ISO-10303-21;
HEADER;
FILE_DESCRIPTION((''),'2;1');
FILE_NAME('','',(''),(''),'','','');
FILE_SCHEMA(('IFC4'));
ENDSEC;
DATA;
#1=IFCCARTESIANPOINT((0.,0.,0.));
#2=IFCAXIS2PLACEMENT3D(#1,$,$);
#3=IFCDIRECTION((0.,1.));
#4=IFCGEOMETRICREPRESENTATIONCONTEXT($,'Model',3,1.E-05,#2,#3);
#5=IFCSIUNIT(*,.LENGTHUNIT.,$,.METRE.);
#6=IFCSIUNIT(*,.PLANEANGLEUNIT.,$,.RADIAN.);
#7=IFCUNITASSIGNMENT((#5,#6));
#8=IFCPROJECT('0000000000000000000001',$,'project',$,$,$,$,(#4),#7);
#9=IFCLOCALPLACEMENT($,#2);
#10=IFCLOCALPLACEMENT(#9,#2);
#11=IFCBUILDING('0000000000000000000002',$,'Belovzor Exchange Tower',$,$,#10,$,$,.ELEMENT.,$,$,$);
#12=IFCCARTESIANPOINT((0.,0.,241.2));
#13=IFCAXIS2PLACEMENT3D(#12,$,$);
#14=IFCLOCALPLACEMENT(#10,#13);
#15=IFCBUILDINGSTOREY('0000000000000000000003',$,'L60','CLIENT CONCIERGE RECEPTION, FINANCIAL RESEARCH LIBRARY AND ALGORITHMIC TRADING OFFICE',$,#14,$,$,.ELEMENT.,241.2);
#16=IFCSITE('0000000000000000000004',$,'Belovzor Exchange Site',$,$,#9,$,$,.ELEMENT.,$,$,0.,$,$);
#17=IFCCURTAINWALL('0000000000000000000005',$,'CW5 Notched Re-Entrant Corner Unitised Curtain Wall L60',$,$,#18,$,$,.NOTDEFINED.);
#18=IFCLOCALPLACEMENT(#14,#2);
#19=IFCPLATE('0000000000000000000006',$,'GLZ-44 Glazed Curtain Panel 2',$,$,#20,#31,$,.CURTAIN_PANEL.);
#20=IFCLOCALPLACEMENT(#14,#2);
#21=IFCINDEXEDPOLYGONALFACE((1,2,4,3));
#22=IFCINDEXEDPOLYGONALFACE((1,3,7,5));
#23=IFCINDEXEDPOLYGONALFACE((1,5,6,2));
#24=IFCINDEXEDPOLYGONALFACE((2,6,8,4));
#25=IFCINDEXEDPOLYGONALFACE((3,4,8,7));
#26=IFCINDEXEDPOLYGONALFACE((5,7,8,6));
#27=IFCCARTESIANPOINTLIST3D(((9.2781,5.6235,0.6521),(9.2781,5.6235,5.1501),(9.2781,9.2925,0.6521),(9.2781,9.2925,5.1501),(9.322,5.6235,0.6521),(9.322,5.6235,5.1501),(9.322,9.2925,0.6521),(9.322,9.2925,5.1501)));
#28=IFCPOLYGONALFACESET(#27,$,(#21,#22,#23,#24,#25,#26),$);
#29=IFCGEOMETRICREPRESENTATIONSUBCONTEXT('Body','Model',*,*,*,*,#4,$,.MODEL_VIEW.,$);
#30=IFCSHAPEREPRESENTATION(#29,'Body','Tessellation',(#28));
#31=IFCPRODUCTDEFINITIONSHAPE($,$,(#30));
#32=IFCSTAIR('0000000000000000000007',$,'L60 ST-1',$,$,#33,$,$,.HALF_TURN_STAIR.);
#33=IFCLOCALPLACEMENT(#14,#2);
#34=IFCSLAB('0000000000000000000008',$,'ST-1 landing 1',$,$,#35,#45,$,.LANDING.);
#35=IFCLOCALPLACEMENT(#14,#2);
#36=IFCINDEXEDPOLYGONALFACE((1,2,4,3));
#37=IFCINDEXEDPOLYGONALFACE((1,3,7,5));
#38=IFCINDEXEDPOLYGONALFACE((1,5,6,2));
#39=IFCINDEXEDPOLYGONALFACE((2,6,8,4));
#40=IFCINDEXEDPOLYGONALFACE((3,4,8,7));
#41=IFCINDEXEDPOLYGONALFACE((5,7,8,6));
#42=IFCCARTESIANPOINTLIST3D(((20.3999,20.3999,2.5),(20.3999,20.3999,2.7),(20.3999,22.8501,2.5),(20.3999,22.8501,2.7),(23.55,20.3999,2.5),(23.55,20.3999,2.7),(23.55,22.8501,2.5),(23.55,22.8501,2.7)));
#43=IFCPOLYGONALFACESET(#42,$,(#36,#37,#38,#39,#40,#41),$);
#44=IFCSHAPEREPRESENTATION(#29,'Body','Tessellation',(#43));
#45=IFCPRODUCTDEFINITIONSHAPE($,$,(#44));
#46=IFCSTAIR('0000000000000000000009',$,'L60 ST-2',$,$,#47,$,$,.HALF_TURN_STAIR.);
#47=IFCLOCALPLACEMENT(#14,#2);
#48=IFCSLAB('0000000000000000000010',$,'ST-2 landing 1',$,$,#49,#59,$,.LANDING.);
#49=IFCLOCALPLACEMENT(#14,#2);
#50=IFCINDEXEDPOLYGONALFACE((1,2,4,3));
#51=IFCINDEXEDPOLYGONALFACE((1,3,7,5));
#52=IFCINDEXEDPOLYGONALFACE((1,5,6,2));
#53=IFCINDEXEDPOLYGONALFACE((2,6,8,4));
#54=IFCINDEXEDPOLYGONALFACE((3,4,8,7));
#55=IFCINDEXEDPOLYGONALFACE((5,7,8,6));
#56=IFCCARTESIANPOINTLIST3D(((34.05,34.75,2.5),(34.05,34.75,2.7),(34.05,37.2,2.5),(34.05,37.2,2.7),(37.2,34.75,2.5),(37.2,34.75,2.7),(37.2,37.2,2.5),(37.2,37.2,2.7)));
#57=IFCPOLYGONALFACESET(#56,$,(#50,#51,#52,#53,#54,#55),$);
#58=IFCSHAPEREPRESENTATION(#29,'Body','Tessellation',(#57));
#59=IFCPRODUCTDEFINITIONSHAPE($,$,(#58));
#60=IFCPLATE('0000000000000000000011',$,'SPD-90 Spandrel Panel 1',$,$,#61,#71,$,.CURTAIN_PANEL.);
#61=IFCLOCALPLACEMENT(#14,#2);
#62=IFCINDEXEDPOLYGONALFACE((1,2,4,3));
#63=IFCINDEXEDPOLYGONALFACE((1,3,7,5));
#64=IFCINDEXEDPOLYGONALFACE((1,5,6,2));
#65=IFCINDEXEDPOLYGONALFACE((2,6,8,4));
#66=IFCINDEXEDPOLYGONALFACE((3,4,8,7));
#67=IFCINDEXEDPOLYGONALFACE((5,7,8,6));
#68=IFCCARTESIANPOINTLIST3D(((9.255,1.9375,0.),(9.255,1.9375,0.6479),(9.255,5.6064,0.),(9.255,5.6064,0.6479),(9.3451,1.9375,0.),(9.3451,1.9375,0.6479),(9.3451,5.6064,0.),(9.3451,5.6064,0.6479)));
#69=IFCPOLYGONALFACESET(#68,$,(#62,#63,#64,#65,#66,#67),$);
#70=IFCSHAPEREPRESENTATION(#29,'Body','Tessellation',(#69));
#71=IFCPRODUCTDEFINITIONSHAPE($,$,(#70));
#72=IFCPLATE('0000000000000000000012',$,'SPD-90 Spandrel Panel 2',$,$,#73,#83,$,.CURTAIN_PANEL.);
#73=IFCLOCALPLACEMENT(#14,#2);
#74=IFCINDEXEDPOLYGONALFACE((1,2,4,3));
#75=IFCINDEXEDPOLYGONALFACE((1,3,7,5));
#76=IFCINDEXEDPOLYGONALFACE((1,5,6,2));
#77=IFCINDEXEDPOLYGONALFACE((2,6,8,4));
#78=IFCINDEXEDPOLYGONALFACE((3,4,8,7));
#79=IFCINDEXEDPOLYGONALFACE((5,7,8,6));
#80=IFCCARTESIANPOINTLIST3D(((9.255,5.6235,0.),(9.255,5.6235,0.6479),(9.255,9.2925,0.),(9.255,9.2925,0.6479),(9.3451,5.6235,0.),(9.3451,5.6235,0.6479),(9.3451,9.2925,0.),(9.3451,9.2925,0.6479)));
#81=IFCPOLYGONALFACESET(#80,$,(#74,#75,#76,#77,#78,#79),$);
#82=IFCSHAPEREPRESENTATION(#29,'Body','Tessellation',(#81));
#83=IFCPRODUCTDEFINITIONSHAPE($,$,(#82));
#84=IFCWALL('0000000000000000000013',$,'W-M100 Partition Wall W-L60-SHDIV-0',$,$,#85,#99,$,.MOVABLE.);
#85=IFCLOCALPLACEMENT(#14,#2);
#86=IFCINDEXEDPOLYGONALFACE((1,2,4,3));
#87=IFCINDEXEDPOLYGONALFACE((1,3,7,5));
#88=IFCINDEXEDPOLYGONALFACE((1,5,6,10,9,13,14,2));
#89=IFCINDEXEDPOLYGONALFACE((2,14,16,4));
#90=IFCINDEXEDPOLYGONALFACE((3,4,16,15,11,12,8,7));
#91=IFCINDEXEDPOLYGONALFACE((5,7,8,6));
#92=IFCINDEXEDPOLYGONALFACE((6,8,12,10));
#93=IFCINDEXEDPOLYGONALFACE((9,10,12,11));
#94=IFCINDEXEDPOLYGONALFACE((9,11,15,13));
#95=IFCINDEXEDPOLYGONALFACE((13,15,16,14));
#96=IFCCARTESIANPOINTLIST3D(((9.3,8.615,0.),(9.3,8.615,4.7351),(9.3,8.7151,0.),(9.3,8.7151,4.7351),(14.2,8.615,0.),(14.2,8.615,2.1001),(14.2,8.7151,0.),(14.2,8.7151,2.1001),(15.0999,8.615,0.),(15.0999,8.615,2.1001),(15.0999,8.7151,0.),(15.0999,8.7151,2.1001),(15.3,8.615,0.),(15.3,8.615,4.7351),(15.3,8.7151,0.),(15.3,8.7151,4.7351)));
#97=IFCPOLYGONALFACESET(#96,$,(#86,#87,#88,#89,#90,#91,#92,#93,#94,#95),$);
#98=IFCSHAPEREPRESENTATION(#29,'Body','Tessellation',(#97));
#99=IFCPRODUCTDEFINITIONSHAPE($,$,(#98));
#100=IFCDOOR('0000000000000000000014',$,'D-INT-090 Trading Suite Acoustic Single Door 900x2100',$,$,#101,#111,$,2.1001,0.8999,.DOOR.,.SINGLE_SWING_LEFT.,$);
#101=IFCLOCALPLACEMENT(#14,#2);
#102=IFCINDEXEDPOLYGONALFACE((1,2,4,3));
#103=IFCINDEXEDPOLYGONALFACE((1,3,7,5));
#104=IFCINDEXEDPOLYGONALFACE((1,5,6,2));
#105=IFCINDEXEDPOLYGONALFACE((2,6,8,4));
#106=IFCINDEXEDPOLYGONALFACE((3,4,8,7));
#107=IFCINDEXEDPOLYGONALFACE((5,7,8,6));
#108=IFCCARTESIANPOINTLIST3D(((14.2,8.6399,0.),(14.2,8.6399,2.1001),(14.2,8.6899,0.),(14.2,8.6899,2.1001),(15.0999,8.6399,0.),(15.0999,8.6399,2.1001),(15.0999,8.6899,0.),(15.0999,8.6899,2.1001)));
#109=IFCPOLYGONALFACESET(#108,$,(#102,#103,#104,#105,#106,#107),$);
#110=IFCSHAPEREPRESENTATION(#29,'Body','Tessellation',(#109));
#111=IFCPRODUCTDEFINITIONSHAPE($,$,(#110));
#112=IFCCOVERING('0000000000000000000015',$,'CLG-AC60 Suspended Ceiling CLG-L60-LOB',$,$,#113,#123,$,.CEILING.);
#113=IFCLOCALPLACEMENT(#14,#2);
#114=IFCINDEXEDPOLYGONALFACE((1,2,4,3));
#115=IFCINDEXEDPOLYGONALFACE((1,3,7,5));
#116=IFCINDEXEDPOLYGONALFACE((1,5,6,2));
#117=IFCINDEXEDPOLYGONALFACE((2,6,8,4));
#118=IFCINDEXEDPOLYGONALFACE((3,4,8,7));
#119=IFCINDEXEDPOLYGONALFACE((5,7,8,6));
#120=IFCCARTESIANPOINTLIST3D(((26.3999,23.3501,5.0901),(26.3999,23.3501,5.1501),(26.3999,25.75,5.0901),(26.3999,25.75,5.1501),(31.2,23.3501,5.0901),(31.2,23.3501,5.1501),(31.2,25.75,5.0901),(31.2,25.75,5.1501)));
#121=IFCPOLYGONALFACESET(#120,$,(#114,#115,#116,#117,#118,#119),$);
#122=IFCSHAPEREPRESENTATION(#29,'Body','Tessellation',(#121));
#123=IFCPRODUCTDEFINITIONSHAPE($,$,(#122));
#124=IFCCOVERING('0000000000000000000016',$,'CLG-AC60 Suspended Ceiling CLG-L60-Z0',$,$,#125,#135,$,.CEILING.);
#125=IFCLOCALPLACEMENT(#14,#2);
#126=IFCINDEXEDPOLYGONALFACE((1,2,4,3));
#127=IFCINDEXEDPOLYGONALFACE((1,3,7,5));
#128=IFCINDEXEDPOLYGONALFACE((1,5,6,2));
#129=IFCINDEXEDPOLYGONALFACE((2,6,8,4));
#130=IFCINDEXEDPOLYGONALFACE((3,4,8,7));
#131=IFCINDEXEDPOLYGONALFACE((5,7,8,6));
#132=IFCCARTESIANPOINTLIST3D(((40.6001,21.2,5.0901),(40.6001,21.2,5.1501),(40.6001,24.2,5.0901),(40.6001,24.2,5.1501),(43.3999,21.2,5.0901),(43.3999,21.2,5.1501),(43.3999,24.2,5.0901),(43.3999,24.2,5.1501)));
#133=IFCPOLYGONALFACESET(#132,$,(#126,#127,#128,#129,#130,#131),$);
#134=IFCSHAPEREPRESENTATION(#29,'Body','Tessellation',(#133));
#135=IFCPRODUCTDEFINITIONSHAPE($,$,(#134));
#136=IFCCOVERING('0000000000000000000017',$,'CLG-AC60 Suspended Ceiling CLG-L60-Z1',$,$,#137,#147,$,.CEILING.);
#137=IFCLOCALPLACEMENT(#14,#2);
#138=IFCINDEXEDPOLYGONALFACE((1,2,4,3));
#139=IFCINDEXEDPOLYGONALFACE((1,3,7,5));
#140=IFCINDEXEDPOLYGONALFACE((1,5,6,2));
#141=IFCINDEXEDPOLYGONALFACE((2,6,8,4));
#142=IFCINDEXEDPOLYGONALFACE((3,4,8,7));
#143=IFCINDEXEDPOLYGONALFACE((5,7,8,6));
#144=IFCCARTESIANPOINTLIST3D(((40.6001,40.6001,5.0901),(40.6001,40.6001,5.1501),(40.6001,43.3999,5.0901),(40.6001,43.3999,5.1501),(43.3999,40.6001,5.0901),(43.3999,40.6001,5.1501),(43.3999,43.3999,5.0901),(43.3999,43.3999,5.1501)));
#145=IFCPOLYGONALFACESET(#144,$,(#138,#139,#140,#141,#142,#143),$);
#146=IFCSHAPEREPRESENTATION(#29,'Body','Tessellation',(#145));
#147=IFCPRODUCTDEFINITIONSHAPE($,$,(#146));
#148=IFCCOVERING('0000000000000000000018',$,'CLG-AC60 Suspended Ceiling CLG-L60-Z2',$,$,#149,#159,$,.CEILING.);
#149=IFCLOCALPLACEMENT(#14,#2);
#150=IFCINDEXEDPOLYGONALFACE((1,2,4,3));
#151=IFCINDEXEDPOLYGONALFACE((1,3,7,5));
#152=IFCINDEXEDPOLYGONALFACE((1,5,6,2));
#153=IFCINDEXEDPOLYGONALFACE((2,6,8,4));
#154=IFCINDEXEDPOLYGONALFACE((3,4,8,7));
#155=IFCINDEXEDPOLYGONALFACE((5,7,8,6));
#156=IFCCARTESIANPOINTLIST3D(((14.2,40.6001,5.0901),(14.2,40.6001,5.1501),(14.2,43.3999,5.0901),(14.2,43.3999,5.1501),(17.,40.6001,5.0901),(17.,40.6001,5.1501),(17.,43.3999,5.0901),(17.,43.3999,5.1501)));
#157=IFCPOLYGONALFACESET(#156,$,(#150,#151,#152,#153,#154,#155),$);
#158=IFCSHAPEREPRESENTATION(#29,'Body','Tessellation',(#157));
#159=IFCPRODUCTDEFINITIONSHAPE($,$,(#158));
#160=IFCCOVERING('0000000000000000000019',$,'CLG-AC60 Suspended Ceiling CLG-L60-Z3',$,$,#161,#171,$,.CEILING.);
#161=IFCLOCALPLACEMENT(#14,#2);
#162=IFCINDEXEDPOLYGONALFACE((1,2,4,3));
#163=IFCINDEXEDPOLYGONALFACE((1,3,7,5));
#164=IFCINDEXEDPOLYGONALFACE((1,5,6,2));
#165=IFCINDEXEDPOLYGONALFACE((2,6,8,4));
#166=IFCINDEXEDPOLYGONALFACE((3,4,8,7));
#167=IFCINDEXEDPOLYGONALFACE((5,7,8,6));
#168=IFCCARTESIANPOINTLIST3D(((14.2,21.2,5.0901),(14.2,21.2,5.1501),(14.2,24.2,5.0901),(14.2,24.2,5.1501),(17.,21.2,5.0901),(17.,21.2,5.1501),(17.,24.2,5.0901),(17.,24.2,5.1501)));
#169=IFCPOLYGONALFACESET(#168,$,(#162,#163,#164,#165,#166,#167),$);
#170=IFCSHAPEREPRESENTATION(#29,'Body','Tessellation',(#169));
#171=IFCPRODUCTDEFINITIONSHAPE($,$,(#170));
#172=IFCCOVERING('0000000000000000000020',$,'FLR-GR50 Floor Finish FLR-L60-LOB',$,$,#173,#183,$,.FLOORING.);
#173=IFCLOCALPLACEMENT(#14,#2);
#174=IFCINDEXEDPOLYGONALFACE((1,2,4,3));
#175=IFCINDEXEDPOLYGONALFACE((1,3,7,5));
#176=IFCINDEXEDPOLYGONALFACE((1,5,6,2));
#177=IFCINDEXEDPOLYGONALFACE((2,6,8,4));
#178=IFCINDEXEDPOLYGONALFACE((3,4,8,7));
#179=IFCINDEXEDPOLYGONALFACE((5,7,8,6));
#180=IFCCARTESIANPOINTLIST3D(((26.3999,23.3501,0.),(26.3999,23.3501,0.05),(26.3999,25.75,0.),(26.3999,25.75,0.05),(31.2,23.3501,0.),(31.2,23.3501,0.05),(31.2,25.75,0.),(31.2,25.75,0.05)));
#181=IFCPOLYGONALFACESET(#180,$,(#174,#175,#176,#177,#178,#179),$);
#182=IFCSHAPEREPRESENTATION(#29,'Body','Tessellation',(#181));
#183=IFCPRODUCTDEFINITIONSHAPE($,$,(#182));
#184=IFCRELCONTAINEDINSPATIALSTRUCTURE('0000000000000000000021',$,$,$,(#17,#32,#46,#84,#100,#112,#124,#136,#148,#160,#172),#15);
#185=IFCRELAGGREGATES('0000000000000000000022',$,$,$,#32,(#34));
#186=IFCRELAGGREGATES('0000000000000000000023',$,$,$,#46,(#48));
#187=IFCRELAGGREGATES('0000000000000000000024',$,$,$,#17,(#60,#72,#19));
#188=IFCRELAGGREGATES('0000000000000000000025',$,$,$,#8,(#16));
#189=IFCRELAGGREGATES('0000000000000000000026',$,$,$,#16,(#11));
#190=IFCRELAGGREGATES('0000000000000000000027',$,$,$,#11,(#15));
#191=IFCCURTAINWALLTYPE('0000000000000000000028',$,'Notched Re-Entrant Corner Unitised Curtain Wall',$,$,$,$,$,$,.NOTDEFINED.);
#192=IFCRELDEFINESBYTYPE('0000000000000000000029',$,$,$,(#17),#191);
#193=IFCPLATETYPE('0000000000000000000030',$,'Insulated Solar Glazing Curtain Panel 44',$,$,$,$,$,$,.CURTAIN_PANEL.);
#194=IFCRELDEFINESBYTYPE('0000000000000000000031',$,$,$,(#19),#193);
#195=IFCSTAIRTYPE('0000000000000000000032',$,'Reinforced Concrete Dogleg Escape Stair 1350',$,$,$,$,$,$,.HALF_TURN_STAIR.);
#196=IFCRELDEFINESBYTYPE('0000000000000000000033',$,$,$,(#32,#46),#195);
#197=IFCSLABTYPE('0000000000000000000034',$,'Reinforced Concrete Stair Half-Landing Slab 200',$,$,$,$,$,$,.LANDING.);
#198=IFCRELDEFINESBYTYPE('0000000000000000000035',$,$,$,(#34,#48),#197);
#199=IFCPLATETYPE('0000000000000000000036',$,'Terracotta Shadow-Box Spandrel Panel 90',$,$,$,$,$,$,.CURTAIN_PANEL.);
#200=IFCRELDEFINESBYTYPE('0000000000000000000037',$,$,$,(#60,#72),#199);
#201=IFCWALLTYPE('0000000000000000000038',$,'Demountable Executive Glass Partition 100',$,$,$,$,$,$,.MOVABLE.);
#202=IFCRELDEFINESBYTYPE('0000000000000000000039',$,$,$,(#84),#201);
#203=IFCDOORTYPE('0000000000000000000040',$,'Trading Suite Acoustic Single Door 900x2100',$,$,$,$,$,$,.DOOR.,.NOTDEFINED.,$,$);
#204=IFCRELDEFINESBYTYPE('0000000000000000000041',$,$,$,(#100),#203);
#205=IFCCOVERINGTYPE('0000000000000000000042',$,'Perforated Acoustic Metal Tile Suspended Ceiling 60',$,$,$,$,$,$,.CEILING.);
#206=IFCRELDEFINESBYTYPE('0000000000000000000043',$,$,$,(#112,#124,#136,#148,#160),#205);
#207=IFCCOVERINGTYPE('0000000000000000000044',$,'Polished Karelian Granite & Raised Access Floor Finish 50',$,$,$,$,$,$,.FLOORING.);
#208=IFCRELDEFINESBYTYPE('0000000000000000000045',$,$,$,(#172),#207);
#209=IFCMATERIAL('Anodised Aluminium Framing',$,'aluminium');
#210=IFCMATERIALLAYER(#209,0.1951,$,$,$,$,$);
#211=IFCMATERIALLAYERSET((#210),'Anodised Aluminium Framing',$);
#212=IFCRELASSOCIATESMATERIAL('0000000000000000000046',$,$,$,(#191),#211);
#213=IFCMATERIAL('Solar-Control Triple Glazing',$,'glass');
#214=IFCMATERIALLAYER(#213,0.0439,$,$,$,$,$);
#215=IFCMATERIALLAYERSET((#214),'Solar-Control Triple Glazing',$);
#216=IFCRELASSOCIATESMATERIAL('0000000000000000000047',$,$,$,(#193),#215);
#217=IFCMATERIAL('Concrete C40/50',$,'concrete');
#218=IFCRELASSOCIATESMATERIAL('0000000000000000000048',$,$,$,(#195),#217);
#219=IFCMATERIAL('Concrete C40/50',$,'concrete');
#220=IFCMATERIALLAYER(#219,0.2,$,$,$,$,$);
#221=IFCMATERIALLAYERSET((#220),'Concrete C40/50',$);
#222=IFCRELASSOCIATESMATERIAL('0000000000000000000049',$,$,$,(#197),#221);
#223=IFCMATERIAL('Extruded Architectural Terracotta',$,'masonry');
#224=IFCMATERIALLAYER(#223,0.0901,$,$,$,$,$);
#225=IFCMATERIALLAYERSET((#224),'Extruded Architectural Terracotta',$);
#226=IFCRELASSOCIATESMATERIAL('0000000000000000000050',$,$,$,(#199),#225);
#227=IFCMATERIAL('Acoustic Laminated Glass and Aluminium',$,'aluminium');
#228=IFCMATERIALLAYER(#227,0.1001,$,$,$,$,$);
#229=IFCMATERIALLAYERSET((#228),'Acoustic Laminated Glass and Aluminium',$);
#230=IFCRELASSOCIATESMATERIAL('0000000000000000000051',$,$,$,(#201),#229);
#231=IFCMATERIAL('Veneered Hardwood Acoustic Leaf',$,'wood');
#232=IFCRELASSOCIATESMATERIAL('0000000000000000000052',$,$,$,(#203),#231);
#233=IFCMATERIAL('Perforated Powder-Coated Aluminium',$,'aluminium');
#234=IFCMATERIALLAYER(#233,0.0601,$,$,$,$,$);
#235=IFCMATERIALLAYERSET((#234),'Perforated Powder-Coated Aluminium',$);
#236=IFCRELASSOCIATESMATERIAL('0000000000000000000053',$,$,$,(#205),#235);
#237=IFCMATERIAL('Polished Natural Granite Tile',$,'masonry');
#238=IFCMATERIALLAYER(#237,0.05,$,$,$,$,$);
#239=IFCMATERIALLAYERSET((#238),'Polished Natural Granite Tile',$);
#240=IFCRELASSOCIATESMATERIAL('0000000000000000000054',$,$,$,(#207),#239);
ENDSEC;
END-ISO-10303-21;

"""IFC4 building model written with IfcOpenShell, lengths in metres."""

from ifc_helpers import new_model, si_unit, direction, frame, frame_2d, origin, origin_2d, place, context, subcontext, project, spatial, polyline, rectangle, outline, extrude, material, layer, layer_set, type_object, element, fill, aggregate, save


model = new_model("IFC4")

# Units and contexts
model_context = context("Model", 3, precision=1e-05, world=origin(), true_north=direction((0.0, 1.0)))
body_context = subcontext(model_context, "Body", "Model", "MODEL_VIEW")
ifc_project = project(units=[si_unit("LENGTHUNIT", "METRE"), si_unit("PLANEANGLEUNIT", "RADIAN")], contexts=[model_context])

# Site, building, storey
site_placement = place(None, origin())
site = spatial("IfcSite", under=ifc_project, at=site_placement, Name="Belovzor Exchange Site", CompositionType="ELEMENT", RefElevation=0.0)
building_placement = place(site_placement, origin())
building = spatial("IfcBuilding", under=site, at=building_placement, Name="Belovzor Exchange Tower", CompositionType="ELEMENT")
storey_placement = place(building_placement, frame((0.0, 0.0, 241.2)))
storey = spatial("IfcBuildingStorey", under=building, at=storey_placement, Name="L60", Description="CLIENT CONCIERGE RECEPTION, FINANCIAL RESEARCH LIBRARY AND ALGORITHMIC TRADING OFFICE", CompositionType="ELEMENT", Elevation=241.2)

# Curtain wall
ifc_material_1 = material(Name="Anodised Aluminium Framing", Category="aluminium")
ifc_layer_1 = layer(ifc_material_1, 0.1951)
ifc_layer_set_1 = layer_set([ifc_layer_1], Name="Anodised Aluminium Framing")
curtain_wall_type = type_object("IfcCurtainWallType", Name="Notched Re-Entrant Corner Unitised Curtain Wall", PredefinedType="NOTDEFINED", material=ifc_layer_set_1)
curtain_wall_placement = place(storey_placement, origin())
curtain_wall = element("IfcCurtainWall", 1, at=curtain_wall_placement, inside=storey, type_object=curtain_wall_type, Name="CW5 Notched Re-Entrant Corner Unitised Curtain Wall L60", PredefinedType="NOTDEFINED")

# Plate
ifc_material_2 = material(Name="Solar-Control Triple Glazing", Category="glass")
ifc_layer_2 = layer(ifc_material_2, 0.0439)
ifc_layer_set_2 = layer_set([ifc_layer_2], Name="Solar-Control Triple Glazing")
plate_type_1 = type_object("IfcPlateType", Name="Insulated Solar Glazing Curtain Panel 44", PredefinedType="CURTAIN_PANEL", material=ifc_layer_set_2)
plate_1_placement = place(storey_placement, frame((9.3, 7.458, 0.6521), z_axis=(0.0, 0.0, 1.0), x_axis=(0.0, 1.0, 0.0)))
plate_1 = element("IfcPlate", 2, at=plate_1_placement, type_object=plate_type_1, Name="GLZ-44 Glazed Curtain Panel 2", PredefinedType="CURTAIN_PANEL", context=body_context, shape_type="SweptSolid", body=[
    extrude(rectangle(XDim=3.6689, YDim=0.0439, at=origin_2d()), origin(), (0.0, 0.0, 1.0), 4.498),
])

# Stairs, slabs
ifc_material_3 = material(Name="Concrete C40/50", Category="concrete")
stair_type = type_object("IfcStairType", Name="Reinforced Concrete Dogleg Escape Stair 1350", PredefinedType="HALF_TURN_STAIR", material=ifc_material_3)
stair_1_placement = place(storey_placement, origin())
stair_1 = element("IfcStair", 3, at=stair_1_placement, inside=storey, type_object=stair_type, Name="L60 ST-1", PredefinedType="HALF_TURN_STAIR")
ifc_material_4 = material(Name="Concrete C40/50", Category="concrete")
ifc_layer_3 = layer(ifc_material_4, 0.2)
ifc_layer_set_3 = layer_set([ifc_layer_3], Name="Concrete C40/50")
slab_type_1 = type_object("IfcSlabType", Name="Reinforced Concrete Stair Half-Landing Slab 200", PredefinedType="LANDING", material=ifc_layer_set_3)
slab_1_placement = place(storey_placement, frame((0.0, 0.0, 2.5)))
slab_1 = element("IfcSlab", 4, at=slab_1_placement, type_object=slab_type_1, Name="ST-1 landing 1", PredefinedType="LANDING", context=body_context, shape_type="SweptSolid", body=[
    extrude(outline(polyline([(20.3999, 22.8501), (20.3999, 20.3999), (23.55, 20.3999), (23.55, 22.8501), (20.3999, 22.8501)])), origin(), (0.0, 0.0, 1.0), 0.2),
])
aggregate(stair_1, [slab_1])
stair_2_placement = place(storey_placement, origin())
stair_2 = element("IfcStair", 5, at=stair_2_placement, inside=storey, type_object=stair_type, Name="L60 ST-2", PredefinedType="HALF_TURN_STAIR")
slab_2_placement = place(storey_placement, frame((0.0, 0.0, 2.5)))
slab_2 = element("IfcSlab", 6, at=slab_2_placement, type_object=slab_type_1, Name="ST-2 landing 1", PredefinedType="LANDING", context=body_context, shape_type="SweptSolid", body=[
    extrude(outline(polyline([(37.2, 34.75), (37.2, 37.2), (34.05, 37.2), (34.05, 34.75), (37.2, 34.75)])), origin(), (0.0, 0.0, 1.0), 0.2),
])
aggregate(stair_2, [slab_2])

# Plates
ifc_material_5 = material(Name="Extruded Architectural Terracotta", Category="masonry")
ifc_layer_4 = layer(ifc_material_5, 0.0901)
ifc_layer_set_4 = layer_set([ifc_layer_4], Name="Extruded Architectural Terracotta")
plate_type_2 = type_object("IfcPlateType", Name="Terracotta Shadow-Box Spandrel Panel 90", PredefinedType="CURTAIN_PANEL", material=ifc_layer_set_4)
plate_2_placement = place(storey_placement, frame((9.3, 3.772, 0.0), z_axis=(0.0, 0.0, 1.0), x_axis=(0.0, 1.0, 0.0)))
plate_2 = element("IfcPlate", 7, at=plate_2_placement, type_object=plate_type_2, Name="SPD-90 Spandrel Panel 1", PredefinedType="CURTAIN_PANEL", context=body_context, shape_type="SweptSolid", body=[
    extrude(rectangle(XDim=3.6689, YDim=0.0901, at=origin_2d()), origin(), (0.0, 0.0, 1.0), 0.6479),
])
plate_3_placement = place(storey_placement, frame((9.3, 7.458, 0.0), z_axis=(0.0, 0.0, 1.0), x_axis=(0.0, 1.0, 0.0)))
plate_3 = element("IfcPlate", 8, at=plate_3_placement, type_object=plate_type_2, Name="SPD-90 Spandrel Panel 2", PredefinedType="CURTAIN_PANEL", context=body_context, shape_type="SweptSolid", body=[
    extrude(rectangle(XDim=3.6689, YDim=0.0901, at=origin_2d()), origin(), (0.0, 0.0, 1.0), 0.6479),
])
aggregate(curtain_wall, [plate_2, plate_3, plate_1])

# Wall, opening, door
ifc_material_6 = material(Name="Acoustic Laminated Glass and Aluminium", Category="aluminium")
ifc_layer_5 = layer(ifc_material_6, 0.1001)
ifc_layer_set_5 = layer_set([ifc_layer_5], Name="Acoustic Laminated Glass and Aluminium")
wall_type = type_object("IfcWallType", Name="Demountable Executive Glass Partition 100", PredefinedType="MOVABLE", material=ifc_layer_set_5)
wall_placement = place(storey_placement, frame((9.3, 8.665, 0.0), z_axis=(0.0, 0.0, 1.0), x_axis=(1.0, 0.0, 0.0)))
wall = element("IfcWall", 9, at=wall_placement, inside=storey, type_object=wall_type, Name="W-M100 Partition Wall W-L60-SHDIV-0", PredefinedType="MOVABLE", context=body_context, shape_type="SweptSolid", body=[
    extrude(rectangle(XDim=6.0, YDim=0.1001, at=frame_2d((3.0, 0.0))), origin(), (0.0, 0.0, 1.0), 4.7351),
])
opening_placement = place(wall_placement, frame((4.8999, 0.0, 0.0)))
opening = element("IfcOpeningElement", 10, at=opening_placement, cuts=wall, PredefinedType="OPENING", context=body_context, shape_type="SweptSolid", body=[
    extrude(rectangle(XDim=0.8999, YDim=2.1001, at=frame_2d((0.45, 1.05))), frame((0.0, 0.0601, 0.0), z_axis=(0.0, -1.0, 0.0), x_axis=(1.0, 0.0, 0.0)), (0.0, 0.0, 1.0), 0.1201),
])
ifc_material_7 = material(Name="Veneered Hardwood Acoustic Leaf", Category="wood")
door_type = type_object("IfcDoorType", Name="Trading Suite Acoustic Single Door 900x2100", OperationType="NOTDEFINED", PredefinedType="DOOR", material=ifc_material_7)
door_placement = place(opening_placement, origin())
door = element("IfcDoor", 11, at=door_placement, inside=storey, type_object=door_type, Name="D-INT-090 Trading Suite Acoustic Single Door 900x2100", OperationType="SINGLE_SWING_LEFT", OverallHeight=2.1001, OverallWidth=0.8999, PredefinedType="DOOR", context=body_context, shape_type="SweptSolid", body=[
    extrude(rectangle(XDim=0.8999, YDim=2.1001, at=frame_2d((0.45, 1.05))), frame((0.0, 0.0249, 0.0), z_axis=(0.0, -1.0, 0.0), x_axis=(1.0, 0.0, 0.0)), (0.0, 0.0, 1.0), 0.05),
])
fill(opening, door)

# Coverings
ifc_material_8 = material(Name="Perforated Powder-Coated Aluminium", Category="aluminium")
ifc_layer_6 = layer(ifc_material_8, 0.0601)
ifc_layer_set_6 = layer_set([ifc_layer_6], Name="Perforated Powder-Coated Aluminium")
covering_type_1 = type_object("IfcCoveringType", Name="Perforated Acoustic Metal Tile Suspended Ceiling 60", PredefinedType="CEILING", material=ifc_layer_set_6)
covering_1_placement = place(storey_placement, frame((0.0, 0.0, 5.0901)))
element("IfcCovering", 12, at=covering_1_placement, inside=storey, type_object=covering_type_1, Name="CLG-AC60 Suspended Ceiling CLG-L60-LOB", PredefinedType="CEILING", context=body_context, shape_type="SweptSolid", body=[
    extrude(outline(polyline([(26.3999, 23.3501), (31.2, 23.3501), (31.2, 25.75), (26.3999, 25.75), (26.3999, 23.3501)])), origin(), (0.0, 0.0, 1.0), 0.0601),
])
covering_2_placement = place(storey_placement, frame((0.0, 0.0, 5.0901)))
element("IfcCovering", 13, at=covering_2_placement, inside=storey, type_object=covering_type_1, Name="CLG-AC60 Suspended Ceiling CLG-L60-Z0", PredefinedType="CEILING", context=body_context, shape_type="SweptSolid", body=[
    extrude(outline(polyline([(40.6001, 21.2), (43.3999, 21.2), (43.3999, 24.2), (40.6001, 24.2), (40.6001, 21.2)])), origin(), (0.0, 0.0, 1.0), 0.0601),
])
covering_3_placement = place(storey_placement, frame((0.0, 0.0, 5.0901)))
element("IfcCovering", 14, at=covering_3_placement, inside=storey, type_object=covering_type_1, Name="CLG-AC60 Suspended Ceiling CLG-L60-Z1", PredefinedType="CEILING", context=body_context, shape_type="SweptSolid", body=[
    extrude(outline(polyline([(40.6001, 40.6001), (43.3999, 40.6001), (43.3999, 43.3999), (40.6001, 43.3999), (40.6001, 40.6001)])), origin(), (0.0, 0.0, 1.0), 0.0601),
])
covering_4_placement = place(storey_placement, frame((0.0, 0.0, 5.0901)))
element("IfcCovering", 15, at=covering_4_placement, inside=storey, type_object=covering_type_1, Name="CLG-AC60 Suspended Ceiling CLG-L60-Z2", PredefinedType="CEILING", context=body_context, shape_type="SweptSolid", body=[
    extrude(outline(polyline([(14.2, 40.6001), (17.0, 40.6001), (17.0, 43.3999), (14.2, 43.3999), (14.2, 40.6001)])), origin(), (0.0, 0.0, 1.0), 0.0601),
])
covering_5_placement = place(storey_placement, frame((0.0, 0.0, 5.0901)))
element("IfcCovering", 16, at=covering_5_placement, inside=storey, type_object=covering_type_1, Name="CLG-AC60 Suspended Ceiling CLG-L60-Z3", PredefinedType="CEILING", context=body_context, shape_type="SweptSolid", body=[
    extrude(outline(polyline([(14.2, 21.2), (17.0, 21.2), (17.0, 24.2), (14.2, 24.2), (14.2, 21.2)])), origin(), (0.0, 0.0, 1.0), 0.0601),
])
ifc_material_9 = material(Name="Polished Natural Granite Tile", Category="masonry")
ifc_layer_7 = layer(ifc_material_9, 0.05)
ifc_layer_set_7 = layer_set([ifc_layer_7], Name="Polished Natural Granite Tile")
covering_type_2 = type_object("IfcCoveringType", Name="Polished Karelian Granite & Raised Access Floor Finish 50", PredefinedType="FLOORING", material=ifc_layer_set_7)
covering_6_placement = place(storey_placement, origin())
element("IfcCovering", 17, at=covering_6_placement, inside=storey, type_object=covering_type_2, Name="FLR-GR50 Floor Finish FLR-L60-LOB", PredefinedType="FLOORING", context=body_context, shape_type="SweptSolid", body=[
    extrude(outline(polyline([(26.3999, 23.3501), (31.2, 23.3501), (31.2, 25.75), (26.3999, 25.75), (26.3999, 23.3501)])), origin(), (0.0, 0.0, 1.0), 0.05),
])

save(model, "model.ifc")
